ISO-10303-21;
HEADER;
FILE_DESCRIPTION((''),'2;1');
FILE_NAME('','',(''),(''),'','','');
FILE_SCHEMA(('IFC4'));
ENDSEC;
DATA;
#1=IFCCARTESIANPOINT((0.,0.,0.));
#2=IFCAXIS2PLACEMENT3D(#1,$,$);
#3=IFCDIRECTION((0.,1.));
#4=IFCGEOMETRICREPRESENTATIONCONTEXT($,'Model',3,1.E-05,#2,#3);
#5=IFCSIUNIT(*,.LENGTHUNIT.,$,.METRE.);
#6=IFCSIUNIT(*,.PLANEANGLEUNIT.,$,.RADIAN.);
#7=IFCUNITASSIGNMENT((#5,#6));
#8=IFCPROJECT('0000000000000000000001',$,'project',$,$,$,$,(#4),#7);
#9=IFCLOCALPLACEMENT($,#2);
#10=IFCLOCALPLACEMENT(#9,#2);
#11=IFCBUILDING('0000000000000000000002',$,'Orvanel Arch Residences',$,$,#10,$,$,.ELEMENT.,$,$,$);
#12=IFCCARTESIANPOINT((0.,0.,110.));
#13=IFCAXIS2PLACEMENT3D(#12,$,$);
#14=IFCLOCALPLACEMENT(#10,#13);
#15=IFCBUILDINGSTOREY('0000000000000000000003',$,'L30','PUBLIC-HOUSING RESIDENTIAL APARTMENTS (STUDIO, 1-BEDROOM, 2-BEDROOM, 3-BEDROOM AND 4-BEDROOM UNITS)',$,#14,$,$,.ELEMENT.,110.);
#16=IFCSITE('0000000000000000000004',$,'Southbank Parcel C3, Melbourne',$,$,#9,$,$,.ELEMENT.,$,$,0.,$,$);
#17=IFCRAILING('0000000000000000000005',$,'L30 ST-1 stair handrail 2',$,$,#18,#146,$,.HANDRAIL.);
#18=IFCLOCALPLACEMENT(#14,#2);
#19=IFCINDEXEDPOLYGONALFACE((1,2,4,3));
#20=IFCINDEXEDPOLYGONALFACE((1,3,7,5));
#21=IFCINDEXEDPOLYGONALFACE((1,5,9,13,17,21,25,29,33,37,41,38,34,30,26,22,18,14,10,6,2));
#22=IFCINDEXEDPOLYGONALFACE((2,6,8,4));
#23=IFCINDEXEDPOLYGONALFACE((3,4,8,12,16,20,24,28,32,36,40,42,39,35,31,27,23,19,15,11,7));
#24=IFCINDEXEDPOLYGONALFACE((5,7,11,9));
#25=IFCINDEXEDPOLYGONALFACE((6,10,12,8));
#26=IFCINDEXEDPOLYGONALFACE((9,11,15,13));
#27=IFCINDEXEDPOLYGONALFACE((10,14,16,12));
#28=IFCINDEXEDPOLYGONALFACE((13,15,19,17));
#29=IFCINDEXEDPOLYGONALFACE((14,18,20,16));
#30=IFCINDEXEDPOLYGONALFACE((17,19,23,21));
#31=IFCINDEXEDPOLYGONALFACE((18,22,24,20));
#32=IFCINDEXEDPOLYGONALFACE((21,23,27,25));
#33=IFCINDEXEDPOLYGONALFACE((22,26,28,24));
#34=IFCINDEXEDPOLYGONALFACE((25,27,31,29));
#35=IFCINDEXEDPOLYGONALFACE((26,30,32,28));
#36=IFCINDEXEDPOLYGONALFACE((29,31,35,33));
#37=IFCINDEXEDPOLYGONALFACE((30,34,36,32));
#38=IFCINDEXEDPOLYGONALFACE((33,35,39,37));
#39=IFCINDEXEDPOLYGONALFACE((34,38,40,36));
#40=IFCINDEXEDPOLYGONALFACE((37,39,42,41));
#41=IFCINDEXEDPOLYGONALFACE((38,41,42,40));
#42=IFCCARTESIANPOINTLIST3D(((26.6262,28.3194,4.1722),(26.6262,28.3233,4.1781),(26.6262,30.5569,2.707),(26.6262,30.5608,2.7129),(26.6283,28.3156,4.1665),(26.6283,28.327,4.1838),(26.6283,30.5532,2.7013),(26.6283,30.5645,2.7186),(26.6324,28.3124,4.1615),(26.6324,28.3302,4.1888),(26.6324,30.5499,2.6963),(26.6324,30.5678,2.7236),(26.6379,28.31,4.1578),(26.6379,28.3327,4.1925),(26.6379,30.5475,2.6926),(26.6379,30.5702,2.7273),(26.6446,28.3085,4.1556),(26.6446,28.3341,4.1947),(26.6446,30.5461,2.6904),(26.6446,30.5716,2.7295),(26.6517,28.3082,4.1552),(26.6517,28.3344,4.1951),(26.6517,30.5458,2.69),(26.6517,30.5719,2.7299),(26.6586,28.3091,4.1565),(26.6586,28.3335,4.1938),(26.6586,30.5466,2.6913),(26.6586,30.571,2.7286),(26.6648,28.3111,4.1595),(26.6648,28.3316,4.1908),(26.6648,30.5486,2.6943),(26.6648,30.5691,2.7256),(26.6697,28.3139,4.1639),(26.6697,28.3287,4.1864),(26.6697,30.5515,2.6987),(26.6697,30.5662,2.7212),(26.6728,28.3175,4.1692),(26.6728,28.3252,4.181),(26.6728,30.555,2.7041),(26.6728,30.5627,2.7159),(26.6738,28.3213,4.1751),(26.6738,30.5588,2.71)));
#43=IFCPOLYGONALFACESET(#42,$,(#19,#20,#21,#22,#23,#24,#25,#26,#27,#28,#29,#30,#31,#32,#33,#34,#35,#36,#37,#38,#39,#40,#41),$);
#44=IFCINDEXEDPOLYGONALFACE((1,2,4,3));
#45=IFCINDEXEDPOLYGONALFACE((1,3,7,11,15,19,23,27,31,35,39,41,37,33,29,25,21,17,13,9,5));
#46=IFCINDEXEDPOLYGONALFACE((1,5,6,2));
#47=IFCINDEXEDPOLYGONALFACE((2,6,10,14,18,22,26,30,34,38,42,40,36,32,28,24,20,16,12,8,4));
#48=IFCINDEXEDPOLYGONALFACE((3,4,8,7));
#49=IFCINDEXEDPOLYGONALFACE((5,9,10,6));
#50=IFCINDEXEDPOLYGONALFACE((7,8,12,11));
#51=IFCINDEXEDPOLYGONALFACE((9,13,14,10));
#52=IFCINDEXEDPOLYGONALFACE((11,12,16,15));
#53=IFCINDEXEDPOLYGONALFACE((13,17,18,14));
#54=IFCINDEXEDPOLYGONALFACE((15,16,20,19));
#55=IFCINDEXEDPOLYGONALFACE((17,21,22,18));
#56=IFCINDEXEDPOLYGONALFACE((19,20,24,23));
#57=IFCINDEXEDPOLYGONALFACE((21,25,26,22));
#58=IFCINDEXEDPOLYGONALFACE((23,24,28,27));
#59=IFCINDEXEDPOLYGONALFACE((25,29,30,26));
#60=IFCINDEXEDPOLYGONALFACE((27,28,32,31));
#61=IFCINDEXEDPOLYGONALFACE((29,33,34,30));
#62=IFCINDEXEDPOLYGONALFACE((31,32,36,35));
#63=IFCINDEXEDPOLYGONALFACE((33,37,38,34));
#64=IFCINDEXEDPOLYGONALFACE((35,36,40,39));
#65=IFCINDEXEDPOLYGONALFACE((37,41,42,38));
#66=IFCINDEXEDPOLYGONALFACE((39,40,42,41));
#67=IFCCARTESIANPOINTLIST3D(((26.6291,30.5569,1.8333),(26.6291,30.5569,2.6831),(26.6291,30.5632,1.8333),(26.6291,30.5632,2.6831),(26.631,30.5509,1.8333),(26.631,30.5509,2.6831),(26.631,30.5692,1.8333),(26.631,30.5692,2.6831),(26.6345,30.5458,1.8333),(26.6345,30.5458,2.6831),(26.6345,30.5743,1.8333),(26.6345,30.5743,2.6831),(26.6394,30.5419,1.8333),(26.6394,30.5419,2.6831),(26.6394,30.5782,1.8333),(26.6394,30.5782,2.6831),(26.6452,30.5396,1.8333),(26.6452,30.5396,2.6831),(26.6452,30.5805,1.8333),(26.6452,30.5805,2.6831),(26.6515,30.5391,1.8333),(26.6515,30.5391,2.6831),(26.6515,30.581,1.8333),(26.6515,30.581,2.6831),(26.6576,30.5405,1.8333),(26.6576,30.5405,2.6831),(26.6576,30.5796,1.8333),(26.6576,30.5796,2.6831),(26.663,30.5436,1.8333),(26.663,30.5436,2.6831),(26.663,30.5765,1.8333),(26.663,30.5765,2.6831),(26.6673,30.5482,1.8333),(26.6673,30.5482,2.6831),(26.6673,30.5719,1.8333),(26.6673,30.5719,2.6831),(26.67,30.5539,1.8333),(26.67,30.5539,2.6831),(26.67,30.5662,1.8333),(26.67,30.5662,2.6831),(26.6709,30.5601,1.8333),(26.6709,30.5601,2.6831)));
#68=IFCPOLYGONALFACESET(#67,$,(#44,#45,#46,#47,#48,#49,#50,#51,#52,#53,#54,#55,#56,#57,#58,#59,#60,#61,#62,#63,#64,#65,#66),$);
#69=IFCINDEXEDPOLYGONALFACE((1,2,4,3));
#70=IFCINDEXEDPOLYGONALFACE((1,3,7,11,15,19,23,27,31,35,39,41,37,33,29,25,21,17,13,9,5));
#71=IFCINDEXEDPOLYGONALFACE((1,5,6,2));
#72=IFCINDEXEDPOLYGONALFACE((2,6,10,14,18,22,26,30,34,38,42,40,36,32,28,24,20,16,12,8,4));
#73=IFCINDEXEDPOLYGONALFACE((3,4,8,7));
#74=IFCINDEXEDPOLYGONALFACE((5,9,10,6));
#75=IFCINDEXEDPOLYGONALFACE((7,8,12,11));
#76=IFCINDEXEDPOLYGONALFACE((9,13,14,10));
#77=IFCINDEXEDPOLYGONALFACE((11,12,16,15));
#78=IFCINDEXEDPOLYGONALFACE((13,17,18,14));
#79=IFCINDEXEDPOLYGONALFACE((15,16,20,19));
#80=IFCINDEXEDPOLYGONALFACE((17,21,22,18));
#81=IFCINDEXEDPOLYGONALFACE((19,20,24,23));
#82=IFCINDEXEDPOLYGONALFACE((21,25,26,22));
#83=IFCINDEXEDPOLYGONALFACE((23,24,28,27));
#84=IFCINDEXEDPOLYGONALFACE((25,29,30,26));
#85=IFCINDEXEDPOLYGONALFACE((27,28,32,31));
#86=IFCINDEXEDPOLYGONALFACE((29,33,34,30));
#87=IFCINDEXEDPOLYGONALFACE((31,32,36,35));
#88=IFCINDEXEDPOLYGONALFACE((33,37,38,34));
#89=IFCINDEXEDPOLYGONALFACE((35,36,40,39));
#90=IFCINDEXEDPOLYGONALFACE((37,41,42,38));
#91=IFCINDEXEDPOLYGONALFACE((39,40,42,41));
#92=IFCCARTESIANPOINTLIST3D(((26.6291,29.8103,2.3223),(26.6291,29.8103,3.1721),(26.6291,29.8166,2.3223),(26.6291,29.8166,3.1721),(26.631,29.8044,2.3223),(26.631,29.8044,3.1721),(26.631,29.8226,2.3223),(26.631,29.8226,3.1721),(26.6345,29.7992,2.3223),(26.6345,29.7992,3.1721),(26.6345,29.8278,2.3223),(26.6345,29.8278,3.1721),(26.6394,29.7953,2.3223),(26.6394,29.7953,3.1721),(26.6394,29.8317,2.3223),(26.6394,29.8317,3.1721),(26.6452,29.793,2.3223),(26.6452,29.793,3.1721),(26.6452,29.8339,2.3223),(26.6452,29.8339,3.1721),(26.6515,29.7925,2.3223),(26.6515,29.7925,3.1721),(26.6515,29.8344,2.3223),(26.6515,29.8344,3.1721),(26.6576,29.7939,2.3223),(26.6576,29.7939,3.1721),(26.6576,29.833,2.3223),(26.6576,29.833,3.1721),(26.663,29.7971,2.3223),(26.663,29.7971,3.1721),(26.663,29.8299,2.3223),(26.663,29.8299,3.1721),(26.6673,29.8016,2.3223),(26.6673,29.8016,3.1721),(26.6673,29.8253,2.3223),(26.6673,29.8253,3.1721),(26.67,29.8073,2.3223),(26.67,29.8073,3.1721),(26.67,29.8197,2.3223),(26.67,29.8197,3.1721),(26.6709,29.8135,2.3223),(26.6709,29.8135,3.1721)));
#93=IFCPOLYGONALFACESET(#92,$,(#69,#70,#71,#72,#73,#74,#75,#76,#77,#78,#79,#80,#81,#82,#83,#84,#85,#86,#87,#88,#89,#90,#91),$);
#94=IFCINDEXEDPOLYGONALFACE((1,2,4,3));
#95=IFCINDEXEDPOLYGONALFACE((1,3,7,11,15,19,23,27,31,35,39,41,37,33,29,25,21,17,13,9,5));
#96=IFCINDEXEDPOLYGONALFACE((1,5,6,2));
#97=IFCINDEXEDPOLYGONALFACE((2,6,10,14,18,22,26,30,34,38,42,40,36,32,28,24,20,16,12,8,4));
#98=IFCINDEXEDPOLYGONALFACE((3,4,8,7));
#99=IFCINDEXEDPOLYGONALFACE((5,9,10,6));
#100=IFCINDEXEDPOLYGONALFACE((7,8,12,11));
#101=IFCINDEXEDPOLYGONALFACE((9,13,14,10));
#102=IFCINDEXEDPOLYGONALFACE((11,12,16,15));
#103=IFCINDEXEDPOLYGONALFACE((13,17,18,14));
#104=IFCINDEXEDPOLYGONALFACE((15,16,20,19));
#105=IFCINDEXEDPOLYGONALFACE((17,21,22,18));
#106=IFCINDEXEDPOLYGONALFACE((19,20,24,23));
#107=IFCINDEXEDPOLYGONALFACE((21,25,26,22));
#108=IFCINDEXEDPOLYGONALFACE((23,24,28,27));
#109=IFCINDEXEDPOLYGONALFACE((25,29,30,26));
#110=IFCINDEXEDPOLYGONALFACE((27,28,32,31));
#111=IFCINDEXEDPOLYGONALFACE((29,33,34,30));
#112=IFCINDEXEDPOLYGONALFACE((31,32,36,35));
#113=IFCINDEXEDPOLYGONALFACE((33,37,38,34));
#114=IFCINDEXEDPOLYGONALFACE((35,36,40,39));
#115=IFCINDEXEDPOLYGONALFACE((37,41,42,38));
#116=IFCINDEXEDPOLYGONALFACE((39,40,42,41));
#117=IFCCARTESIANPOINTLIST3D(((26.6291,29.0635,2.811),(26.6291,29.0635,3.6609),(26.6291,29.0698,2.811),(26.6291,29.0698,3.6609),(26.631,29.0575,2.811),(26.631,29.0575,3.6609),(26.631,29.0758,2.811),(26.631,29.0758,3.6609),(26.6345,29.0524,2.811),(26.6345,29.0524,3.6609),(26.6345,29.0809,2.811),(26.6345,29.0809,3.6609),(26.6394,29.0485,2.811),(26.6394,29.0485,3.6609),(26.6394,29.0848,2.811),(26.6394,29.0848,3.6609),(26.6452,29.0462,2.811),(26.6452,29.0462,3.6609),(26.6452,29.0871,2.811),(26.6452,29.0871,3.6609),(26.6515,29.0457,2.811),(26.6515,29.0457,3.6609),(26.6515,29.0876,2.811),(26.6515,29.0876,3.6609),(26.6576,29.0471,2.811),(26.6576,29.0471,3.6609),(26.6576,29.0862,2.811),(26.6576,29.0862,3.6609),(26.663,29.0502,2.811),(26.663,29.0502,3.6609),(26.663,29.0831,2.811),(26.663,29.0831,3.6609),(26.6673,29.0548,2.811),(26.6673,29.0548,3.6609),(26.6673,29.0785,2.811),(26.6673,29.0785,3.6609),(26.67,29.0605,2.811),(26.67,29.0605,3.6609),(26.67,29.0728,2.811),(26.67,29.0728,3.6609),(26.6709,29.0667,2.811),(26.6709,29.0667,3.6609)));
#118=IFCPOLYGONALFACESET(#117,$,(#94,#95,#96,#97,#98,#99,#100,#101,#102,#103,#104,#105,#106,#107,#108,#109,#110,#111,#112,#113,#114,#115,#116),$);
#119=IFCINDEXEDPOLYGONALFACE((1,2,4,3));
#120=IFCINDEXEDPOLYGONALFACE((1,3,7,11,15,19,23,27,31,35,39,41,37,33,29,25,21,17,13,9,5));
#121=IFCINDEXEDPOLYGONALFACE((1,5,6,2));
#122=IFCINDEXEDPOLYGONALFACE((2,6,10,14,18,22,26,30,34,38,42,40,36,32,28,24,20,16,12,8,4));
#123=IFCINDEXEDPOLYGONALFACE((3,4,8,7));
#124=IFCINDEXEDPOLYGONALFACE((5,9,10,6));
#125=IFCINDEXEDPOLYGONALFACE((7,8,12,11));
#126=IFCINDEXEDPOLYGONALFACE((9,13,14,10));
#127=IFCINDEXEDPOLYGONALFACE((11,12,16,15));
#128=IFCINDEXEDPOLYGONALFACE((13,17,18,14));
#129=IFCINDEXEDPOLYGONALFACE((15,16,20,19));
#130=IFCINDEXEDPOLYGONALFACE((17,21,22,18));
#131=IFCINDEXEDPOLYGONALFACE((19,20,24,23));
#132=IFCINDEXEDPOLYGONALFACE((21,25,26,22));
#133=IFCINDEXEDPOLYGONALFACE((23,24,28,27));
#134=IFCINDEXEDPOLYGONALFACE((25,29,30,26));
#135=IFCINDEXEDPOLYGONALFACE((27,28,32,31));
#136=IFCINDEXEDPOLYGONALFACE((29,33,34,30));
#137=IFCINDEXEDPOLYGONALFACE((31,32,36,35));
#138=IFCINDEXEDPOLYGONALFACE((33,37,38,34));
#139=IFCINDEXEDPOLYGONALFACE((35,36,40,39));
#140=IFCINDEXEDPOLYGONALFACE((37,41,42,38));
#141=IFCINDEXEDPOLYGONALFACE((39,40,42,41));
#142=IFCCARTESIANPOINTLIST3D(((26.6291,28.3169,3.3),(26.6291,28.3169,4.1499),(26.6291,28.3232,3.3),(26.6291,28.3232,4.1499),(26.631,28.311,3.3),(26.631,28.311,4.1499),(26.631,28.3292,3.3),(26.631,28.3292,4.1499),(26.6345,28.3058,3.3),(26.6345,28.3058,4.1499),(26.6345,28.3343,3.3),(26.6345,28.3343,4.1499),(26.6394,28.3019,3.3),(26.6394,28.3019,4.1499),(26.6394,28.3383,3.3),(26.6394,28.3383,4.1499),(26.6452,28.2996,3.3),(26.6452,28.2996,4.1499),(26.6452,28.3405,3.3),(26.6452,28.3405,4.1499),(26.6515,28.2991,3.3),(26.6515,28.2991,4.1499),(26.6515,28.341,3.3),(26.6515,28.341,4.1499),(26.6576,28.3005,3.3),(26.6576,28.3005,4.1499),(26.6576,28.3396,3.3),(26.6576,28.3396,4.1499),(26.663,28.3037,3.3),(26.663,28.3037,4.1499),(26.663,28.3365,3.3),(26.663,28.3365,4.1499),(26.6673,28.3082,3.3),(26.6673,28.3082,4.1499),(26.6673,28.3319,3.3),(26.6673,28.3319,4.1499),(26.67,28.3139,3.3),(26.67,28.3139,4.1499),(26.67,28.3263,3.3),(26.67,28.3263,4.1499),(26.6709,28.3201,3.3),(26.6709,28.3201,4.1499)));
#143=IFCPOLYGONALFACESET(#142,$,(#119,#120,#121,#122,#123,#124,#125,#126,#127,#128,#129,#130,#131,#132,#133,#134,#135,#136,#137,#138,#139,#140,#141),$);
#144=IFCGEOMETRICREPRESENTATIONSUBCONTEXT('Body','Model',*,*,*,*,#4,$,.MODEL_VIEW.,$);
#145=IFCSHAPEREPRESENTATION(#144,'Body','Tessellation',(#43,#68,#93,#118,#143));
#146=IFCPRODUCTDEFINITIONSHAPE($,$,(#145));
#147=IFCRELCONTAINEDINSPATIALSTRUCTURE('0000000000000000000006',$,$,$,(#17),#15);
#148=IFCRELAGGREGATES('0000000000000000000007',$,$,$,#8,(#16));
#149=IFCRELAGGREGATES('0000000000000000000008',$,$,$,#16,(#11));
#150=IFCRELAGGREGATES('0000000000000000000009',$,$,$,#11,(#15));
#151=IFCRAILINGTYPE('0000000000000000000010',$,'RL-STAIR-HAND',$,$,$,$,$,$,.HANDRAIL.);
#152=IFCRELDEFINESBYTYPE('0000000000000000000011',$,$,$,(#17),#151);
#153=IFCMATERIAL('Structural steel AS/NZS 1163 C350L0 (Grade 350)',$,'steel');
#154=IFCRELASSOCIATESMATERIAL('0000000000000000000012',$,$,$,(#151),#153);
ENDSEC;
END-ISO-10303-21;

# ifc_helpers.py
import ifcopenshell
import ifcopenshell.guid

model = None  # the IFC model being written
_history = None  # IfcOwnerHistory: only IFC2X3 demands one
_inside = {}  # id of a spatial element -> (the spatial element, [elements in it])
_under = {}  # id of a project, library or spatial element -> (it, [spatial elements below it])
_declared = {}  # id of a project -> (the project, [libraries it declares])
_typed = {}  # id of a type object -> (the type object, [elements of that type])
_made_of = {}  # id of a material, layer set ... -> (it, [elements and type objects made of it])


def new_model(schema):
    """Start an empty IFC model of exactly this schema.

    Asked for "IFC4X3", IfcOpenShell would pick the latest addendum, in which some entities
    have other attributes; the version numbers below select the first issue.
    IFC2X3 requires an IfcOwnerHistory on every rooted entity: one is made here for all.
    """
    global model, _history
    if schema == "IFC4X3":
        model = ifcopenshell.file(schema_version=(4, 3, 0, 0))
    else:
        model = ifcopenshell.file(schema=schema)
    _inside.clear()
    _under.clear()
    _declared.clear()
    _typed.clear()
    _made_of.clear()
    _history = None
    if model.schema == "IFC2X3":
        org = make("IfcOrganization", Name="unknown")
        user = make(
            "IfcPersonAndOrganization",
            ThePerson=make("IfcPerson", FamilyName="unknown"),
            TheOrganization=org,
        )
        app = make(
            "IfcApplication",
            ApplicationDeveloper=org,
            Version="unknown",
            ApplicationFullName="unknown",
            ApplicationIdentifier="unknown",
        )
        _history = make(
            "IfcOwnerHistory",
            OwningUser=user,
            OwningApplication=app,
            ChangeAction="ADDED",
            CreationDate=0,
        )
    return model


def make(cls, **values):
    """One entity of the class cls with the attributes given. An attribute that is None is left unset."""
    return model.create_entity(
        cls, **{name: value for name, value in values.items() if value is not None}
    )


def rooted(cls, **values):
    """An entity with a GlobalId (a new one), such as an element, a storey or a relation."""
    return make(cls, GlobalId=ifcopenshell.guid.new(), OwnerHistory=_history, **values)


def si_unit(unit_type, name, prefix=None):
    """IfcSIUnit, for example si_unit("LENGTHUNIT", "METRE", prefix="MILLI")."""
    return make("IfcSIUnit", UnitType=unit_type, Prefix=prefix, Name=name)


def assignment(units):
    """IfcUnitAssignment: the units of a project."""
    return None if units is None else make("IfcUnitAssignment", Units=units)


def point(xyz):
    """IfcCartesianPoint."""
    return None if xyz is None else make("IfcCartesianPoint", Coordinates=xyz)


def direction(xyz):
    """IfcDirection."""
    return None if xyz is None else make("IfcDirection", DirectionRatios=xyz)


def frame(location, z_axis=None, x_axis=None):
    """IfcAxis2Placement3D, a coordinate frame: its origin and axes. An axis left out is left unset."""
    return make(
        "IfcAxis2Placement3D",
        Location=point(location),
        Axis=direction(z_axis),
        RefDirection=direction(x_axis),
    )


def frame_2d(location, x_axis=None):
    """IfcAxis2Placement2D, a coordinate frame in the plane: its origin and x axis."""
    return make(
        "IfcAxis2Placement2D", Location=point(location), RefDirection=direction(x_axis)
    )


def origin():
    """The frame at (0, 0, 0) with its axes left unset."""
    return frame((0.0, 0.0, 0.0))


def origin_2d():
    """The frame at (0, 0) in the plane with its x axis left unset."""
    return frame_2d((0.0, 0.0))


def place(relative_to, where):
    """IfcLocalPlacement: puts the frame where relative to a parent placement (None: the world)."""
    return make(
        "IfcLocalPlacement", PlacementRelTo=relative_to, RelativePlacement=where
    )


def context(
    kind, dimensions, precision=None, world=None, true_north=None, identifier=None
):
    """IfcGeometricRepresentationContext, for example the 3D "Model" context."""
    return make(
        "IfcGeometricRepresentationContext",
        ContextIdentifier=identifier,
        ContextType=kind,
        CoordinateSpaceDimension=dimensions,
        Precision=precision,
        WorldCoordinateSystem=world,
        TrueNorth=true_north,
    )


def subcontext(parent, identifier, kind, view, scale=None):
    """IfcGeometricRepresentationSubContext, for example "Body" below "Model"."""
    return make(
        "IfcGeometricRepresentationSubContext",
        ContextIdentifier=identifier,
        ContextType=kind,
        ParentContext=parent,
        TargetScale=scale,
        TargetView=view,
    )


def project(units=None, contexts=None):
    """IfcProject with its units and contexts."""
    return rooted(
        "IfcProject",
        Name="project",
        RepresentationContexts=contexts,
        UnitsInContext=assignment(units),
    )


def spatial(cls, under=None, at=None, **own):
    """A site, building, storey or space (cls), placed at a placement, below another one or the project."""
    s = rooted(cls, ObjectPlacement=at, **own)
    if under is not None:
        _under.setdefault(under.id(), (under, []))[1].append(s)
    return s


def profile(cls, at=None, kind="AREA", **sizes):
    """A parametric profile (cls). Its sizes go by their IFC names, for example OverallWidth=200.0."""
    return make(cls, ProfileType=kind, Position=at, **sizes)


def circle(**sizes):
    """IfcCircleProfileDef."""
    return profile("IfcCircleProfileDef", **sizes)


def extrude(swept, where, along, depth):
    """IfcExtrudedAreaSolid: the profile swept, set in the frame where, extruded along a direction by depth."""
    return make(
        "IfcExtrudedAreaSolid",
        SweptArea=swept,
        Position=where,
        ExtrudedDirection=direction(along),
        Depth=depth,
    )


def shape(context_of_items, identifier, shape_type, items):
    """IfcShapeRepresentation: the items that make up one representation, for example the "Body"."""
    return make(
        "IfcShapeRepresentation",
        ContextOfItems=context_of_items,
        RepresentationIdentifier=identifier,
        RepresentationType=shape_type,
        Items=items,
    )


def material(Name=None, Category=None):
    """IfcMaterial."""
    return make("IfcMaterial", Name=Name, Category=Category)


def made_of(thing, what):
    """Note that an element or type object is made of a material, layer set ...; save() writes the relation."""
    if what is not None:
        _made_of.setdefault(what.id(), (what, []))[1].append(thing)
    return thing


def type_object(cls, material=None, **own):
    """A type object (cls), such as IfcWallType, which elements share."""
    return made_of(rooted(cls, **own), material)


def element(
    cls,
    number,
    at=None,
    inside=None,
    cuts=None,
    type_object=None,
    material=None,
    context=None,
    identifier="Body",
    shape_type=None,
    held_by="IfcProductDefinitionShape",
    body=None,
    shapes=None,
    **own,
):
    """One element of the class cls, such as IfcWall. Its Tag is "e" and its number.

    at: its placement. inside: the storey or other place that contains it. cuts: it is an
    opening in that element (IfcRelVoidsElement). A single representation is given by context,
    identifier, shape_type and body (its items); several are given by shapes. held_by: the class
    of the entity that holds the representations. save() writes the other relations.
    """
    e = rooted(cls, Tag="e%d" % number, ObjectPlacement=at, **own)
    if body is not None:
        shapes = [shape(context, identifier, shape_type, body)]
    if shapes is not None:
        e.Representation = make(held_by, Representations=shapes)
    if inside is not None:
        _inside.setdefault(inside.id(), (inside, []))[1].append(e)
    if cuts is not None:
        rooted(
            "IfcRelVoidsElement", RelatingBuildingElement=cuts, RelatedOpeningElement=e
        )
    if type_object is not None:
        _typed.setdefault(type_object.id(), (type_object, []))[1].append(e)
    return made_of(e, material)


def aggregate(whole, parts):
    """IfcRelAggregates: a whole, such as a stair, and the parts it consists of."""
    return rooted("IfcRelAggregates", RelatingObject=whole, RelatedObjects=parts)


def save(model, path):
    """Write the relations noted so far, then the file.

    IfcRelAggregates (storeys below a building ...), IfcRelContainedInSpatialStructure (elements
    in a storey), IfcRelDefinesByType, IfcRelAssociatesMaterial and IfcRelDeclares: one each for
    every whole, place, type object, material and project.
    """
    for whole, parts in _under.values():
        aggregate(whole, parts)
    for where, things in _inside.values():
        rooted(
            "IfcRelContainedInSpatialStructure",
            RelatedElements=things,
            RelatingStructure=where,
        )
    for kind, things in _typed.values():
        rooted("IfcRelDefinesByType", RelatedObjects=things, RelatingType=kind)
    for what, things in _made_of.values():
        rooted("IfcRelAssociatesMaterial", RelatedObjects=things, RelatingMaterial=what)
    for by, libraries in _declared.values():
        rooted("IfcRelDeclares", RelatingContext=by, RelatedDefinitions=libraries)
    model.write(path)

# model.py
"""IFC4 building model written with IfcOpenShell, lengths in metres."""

from ifc_helpers import new_model, si_unit, direction, frame, origin, origin_2d, place, context, subcontext, project, spatial, circle, extrude, material, type_object, element, save


model = new_model("IFC4")

# Units and contexts
model_context = context("Model", 3, precision=1e-05, world=origin(), true_north=direction((0.0, 1.0)))
body_context = subcontext(model_context, "Body", "Model", "MODEL_VIEW")
ifc_project = project(units=[si_unit("LENGTHUNIT", "METRE"), si_unit("PLANEANGLEUNIT", "RADIAN")], contexts=[model_context])

# Site, building, storey
site_placement = place(None, origin())
site = spatial("IfcSite", under=ifc_project, at=site_placement, Name="Southbank Parcel C3, Melbourne", CompositionType="ELEMENT", RefElevation=0.0)
building_placement = place(site_placement, origin())
building = spatial("IfcBuilding", under=site, at=building_placement, Name="Orvanel Arch Residences", CompositionType="ELEMENT")
storey_placement = place(building_placement, frame((0.0, 0.0, 110.0)))
storey = spatial("IfcBuildingStorey", under=building, at=storey_placement, Name="L30", Description="PUBLIC-HOUSING RESIDENTIAL APARTMENTS (STUDIO, 1-BEDROOM, 2-BEDROOM, 3-BEDROOM AND 4-BEDROOM UNITS)", CompositionType="ELEMENT", Elevation=110.0)

# Railing
ifc_material_1 = material(Name="Structural steel AS/NZS 1163 C350L0 (Grade 350)", Category="steel")
railing_type_1 = type_object("IfcRailingType", Name="RL-STAIR-HAND", PredefinedType="HANDRAIL", material=ifc_material_1)
railing_1_placement = place(storey_placement, frame((26.6499, 30.5601, 1.8333)))
element("IfcRailing", 1, at=railing_1_placement, inside=storey, type_object=railing_type_1, Name="L30 ST-1 stair handrail 2", PredefinedType="HANDRAIL", context=body_context, shape_type="SweptSolid", body=[
    extrude(circle(Radius=0.0239, at=origin_2d()), frame((0.0, -0.0012, 0.8767), z_axis=(0.0, -0.836595, 0.547822), x_axis=(1.0, 0.0, 0.0)), (0.0, 0.0, 1.0), 2.6746),
    extrude(circle(Radius=0.021, at=origin_2d()), origin(), (0.0, 0.0, 1.0), 0.8499),
    extrude(circle(Radius=0.021, at=origin_2d()), frame((0.0, -0.7466, 0.489)), (0.0, 0.0, 1.0), 0.8499),
    extrude(circle(Radius=0.021, at=origin_2d()), frame((0.0, -1.4934, 0.9778)), (0.0, 0.0, 1.0), 0.8499),
    extrude(circle(Radius=0.021, at=origin_2d()), frame((0.0, -2.24, 1.4668)), (0.0, 0.0, 1.0), 0.8499),
])

save(model, "model.ifc")
